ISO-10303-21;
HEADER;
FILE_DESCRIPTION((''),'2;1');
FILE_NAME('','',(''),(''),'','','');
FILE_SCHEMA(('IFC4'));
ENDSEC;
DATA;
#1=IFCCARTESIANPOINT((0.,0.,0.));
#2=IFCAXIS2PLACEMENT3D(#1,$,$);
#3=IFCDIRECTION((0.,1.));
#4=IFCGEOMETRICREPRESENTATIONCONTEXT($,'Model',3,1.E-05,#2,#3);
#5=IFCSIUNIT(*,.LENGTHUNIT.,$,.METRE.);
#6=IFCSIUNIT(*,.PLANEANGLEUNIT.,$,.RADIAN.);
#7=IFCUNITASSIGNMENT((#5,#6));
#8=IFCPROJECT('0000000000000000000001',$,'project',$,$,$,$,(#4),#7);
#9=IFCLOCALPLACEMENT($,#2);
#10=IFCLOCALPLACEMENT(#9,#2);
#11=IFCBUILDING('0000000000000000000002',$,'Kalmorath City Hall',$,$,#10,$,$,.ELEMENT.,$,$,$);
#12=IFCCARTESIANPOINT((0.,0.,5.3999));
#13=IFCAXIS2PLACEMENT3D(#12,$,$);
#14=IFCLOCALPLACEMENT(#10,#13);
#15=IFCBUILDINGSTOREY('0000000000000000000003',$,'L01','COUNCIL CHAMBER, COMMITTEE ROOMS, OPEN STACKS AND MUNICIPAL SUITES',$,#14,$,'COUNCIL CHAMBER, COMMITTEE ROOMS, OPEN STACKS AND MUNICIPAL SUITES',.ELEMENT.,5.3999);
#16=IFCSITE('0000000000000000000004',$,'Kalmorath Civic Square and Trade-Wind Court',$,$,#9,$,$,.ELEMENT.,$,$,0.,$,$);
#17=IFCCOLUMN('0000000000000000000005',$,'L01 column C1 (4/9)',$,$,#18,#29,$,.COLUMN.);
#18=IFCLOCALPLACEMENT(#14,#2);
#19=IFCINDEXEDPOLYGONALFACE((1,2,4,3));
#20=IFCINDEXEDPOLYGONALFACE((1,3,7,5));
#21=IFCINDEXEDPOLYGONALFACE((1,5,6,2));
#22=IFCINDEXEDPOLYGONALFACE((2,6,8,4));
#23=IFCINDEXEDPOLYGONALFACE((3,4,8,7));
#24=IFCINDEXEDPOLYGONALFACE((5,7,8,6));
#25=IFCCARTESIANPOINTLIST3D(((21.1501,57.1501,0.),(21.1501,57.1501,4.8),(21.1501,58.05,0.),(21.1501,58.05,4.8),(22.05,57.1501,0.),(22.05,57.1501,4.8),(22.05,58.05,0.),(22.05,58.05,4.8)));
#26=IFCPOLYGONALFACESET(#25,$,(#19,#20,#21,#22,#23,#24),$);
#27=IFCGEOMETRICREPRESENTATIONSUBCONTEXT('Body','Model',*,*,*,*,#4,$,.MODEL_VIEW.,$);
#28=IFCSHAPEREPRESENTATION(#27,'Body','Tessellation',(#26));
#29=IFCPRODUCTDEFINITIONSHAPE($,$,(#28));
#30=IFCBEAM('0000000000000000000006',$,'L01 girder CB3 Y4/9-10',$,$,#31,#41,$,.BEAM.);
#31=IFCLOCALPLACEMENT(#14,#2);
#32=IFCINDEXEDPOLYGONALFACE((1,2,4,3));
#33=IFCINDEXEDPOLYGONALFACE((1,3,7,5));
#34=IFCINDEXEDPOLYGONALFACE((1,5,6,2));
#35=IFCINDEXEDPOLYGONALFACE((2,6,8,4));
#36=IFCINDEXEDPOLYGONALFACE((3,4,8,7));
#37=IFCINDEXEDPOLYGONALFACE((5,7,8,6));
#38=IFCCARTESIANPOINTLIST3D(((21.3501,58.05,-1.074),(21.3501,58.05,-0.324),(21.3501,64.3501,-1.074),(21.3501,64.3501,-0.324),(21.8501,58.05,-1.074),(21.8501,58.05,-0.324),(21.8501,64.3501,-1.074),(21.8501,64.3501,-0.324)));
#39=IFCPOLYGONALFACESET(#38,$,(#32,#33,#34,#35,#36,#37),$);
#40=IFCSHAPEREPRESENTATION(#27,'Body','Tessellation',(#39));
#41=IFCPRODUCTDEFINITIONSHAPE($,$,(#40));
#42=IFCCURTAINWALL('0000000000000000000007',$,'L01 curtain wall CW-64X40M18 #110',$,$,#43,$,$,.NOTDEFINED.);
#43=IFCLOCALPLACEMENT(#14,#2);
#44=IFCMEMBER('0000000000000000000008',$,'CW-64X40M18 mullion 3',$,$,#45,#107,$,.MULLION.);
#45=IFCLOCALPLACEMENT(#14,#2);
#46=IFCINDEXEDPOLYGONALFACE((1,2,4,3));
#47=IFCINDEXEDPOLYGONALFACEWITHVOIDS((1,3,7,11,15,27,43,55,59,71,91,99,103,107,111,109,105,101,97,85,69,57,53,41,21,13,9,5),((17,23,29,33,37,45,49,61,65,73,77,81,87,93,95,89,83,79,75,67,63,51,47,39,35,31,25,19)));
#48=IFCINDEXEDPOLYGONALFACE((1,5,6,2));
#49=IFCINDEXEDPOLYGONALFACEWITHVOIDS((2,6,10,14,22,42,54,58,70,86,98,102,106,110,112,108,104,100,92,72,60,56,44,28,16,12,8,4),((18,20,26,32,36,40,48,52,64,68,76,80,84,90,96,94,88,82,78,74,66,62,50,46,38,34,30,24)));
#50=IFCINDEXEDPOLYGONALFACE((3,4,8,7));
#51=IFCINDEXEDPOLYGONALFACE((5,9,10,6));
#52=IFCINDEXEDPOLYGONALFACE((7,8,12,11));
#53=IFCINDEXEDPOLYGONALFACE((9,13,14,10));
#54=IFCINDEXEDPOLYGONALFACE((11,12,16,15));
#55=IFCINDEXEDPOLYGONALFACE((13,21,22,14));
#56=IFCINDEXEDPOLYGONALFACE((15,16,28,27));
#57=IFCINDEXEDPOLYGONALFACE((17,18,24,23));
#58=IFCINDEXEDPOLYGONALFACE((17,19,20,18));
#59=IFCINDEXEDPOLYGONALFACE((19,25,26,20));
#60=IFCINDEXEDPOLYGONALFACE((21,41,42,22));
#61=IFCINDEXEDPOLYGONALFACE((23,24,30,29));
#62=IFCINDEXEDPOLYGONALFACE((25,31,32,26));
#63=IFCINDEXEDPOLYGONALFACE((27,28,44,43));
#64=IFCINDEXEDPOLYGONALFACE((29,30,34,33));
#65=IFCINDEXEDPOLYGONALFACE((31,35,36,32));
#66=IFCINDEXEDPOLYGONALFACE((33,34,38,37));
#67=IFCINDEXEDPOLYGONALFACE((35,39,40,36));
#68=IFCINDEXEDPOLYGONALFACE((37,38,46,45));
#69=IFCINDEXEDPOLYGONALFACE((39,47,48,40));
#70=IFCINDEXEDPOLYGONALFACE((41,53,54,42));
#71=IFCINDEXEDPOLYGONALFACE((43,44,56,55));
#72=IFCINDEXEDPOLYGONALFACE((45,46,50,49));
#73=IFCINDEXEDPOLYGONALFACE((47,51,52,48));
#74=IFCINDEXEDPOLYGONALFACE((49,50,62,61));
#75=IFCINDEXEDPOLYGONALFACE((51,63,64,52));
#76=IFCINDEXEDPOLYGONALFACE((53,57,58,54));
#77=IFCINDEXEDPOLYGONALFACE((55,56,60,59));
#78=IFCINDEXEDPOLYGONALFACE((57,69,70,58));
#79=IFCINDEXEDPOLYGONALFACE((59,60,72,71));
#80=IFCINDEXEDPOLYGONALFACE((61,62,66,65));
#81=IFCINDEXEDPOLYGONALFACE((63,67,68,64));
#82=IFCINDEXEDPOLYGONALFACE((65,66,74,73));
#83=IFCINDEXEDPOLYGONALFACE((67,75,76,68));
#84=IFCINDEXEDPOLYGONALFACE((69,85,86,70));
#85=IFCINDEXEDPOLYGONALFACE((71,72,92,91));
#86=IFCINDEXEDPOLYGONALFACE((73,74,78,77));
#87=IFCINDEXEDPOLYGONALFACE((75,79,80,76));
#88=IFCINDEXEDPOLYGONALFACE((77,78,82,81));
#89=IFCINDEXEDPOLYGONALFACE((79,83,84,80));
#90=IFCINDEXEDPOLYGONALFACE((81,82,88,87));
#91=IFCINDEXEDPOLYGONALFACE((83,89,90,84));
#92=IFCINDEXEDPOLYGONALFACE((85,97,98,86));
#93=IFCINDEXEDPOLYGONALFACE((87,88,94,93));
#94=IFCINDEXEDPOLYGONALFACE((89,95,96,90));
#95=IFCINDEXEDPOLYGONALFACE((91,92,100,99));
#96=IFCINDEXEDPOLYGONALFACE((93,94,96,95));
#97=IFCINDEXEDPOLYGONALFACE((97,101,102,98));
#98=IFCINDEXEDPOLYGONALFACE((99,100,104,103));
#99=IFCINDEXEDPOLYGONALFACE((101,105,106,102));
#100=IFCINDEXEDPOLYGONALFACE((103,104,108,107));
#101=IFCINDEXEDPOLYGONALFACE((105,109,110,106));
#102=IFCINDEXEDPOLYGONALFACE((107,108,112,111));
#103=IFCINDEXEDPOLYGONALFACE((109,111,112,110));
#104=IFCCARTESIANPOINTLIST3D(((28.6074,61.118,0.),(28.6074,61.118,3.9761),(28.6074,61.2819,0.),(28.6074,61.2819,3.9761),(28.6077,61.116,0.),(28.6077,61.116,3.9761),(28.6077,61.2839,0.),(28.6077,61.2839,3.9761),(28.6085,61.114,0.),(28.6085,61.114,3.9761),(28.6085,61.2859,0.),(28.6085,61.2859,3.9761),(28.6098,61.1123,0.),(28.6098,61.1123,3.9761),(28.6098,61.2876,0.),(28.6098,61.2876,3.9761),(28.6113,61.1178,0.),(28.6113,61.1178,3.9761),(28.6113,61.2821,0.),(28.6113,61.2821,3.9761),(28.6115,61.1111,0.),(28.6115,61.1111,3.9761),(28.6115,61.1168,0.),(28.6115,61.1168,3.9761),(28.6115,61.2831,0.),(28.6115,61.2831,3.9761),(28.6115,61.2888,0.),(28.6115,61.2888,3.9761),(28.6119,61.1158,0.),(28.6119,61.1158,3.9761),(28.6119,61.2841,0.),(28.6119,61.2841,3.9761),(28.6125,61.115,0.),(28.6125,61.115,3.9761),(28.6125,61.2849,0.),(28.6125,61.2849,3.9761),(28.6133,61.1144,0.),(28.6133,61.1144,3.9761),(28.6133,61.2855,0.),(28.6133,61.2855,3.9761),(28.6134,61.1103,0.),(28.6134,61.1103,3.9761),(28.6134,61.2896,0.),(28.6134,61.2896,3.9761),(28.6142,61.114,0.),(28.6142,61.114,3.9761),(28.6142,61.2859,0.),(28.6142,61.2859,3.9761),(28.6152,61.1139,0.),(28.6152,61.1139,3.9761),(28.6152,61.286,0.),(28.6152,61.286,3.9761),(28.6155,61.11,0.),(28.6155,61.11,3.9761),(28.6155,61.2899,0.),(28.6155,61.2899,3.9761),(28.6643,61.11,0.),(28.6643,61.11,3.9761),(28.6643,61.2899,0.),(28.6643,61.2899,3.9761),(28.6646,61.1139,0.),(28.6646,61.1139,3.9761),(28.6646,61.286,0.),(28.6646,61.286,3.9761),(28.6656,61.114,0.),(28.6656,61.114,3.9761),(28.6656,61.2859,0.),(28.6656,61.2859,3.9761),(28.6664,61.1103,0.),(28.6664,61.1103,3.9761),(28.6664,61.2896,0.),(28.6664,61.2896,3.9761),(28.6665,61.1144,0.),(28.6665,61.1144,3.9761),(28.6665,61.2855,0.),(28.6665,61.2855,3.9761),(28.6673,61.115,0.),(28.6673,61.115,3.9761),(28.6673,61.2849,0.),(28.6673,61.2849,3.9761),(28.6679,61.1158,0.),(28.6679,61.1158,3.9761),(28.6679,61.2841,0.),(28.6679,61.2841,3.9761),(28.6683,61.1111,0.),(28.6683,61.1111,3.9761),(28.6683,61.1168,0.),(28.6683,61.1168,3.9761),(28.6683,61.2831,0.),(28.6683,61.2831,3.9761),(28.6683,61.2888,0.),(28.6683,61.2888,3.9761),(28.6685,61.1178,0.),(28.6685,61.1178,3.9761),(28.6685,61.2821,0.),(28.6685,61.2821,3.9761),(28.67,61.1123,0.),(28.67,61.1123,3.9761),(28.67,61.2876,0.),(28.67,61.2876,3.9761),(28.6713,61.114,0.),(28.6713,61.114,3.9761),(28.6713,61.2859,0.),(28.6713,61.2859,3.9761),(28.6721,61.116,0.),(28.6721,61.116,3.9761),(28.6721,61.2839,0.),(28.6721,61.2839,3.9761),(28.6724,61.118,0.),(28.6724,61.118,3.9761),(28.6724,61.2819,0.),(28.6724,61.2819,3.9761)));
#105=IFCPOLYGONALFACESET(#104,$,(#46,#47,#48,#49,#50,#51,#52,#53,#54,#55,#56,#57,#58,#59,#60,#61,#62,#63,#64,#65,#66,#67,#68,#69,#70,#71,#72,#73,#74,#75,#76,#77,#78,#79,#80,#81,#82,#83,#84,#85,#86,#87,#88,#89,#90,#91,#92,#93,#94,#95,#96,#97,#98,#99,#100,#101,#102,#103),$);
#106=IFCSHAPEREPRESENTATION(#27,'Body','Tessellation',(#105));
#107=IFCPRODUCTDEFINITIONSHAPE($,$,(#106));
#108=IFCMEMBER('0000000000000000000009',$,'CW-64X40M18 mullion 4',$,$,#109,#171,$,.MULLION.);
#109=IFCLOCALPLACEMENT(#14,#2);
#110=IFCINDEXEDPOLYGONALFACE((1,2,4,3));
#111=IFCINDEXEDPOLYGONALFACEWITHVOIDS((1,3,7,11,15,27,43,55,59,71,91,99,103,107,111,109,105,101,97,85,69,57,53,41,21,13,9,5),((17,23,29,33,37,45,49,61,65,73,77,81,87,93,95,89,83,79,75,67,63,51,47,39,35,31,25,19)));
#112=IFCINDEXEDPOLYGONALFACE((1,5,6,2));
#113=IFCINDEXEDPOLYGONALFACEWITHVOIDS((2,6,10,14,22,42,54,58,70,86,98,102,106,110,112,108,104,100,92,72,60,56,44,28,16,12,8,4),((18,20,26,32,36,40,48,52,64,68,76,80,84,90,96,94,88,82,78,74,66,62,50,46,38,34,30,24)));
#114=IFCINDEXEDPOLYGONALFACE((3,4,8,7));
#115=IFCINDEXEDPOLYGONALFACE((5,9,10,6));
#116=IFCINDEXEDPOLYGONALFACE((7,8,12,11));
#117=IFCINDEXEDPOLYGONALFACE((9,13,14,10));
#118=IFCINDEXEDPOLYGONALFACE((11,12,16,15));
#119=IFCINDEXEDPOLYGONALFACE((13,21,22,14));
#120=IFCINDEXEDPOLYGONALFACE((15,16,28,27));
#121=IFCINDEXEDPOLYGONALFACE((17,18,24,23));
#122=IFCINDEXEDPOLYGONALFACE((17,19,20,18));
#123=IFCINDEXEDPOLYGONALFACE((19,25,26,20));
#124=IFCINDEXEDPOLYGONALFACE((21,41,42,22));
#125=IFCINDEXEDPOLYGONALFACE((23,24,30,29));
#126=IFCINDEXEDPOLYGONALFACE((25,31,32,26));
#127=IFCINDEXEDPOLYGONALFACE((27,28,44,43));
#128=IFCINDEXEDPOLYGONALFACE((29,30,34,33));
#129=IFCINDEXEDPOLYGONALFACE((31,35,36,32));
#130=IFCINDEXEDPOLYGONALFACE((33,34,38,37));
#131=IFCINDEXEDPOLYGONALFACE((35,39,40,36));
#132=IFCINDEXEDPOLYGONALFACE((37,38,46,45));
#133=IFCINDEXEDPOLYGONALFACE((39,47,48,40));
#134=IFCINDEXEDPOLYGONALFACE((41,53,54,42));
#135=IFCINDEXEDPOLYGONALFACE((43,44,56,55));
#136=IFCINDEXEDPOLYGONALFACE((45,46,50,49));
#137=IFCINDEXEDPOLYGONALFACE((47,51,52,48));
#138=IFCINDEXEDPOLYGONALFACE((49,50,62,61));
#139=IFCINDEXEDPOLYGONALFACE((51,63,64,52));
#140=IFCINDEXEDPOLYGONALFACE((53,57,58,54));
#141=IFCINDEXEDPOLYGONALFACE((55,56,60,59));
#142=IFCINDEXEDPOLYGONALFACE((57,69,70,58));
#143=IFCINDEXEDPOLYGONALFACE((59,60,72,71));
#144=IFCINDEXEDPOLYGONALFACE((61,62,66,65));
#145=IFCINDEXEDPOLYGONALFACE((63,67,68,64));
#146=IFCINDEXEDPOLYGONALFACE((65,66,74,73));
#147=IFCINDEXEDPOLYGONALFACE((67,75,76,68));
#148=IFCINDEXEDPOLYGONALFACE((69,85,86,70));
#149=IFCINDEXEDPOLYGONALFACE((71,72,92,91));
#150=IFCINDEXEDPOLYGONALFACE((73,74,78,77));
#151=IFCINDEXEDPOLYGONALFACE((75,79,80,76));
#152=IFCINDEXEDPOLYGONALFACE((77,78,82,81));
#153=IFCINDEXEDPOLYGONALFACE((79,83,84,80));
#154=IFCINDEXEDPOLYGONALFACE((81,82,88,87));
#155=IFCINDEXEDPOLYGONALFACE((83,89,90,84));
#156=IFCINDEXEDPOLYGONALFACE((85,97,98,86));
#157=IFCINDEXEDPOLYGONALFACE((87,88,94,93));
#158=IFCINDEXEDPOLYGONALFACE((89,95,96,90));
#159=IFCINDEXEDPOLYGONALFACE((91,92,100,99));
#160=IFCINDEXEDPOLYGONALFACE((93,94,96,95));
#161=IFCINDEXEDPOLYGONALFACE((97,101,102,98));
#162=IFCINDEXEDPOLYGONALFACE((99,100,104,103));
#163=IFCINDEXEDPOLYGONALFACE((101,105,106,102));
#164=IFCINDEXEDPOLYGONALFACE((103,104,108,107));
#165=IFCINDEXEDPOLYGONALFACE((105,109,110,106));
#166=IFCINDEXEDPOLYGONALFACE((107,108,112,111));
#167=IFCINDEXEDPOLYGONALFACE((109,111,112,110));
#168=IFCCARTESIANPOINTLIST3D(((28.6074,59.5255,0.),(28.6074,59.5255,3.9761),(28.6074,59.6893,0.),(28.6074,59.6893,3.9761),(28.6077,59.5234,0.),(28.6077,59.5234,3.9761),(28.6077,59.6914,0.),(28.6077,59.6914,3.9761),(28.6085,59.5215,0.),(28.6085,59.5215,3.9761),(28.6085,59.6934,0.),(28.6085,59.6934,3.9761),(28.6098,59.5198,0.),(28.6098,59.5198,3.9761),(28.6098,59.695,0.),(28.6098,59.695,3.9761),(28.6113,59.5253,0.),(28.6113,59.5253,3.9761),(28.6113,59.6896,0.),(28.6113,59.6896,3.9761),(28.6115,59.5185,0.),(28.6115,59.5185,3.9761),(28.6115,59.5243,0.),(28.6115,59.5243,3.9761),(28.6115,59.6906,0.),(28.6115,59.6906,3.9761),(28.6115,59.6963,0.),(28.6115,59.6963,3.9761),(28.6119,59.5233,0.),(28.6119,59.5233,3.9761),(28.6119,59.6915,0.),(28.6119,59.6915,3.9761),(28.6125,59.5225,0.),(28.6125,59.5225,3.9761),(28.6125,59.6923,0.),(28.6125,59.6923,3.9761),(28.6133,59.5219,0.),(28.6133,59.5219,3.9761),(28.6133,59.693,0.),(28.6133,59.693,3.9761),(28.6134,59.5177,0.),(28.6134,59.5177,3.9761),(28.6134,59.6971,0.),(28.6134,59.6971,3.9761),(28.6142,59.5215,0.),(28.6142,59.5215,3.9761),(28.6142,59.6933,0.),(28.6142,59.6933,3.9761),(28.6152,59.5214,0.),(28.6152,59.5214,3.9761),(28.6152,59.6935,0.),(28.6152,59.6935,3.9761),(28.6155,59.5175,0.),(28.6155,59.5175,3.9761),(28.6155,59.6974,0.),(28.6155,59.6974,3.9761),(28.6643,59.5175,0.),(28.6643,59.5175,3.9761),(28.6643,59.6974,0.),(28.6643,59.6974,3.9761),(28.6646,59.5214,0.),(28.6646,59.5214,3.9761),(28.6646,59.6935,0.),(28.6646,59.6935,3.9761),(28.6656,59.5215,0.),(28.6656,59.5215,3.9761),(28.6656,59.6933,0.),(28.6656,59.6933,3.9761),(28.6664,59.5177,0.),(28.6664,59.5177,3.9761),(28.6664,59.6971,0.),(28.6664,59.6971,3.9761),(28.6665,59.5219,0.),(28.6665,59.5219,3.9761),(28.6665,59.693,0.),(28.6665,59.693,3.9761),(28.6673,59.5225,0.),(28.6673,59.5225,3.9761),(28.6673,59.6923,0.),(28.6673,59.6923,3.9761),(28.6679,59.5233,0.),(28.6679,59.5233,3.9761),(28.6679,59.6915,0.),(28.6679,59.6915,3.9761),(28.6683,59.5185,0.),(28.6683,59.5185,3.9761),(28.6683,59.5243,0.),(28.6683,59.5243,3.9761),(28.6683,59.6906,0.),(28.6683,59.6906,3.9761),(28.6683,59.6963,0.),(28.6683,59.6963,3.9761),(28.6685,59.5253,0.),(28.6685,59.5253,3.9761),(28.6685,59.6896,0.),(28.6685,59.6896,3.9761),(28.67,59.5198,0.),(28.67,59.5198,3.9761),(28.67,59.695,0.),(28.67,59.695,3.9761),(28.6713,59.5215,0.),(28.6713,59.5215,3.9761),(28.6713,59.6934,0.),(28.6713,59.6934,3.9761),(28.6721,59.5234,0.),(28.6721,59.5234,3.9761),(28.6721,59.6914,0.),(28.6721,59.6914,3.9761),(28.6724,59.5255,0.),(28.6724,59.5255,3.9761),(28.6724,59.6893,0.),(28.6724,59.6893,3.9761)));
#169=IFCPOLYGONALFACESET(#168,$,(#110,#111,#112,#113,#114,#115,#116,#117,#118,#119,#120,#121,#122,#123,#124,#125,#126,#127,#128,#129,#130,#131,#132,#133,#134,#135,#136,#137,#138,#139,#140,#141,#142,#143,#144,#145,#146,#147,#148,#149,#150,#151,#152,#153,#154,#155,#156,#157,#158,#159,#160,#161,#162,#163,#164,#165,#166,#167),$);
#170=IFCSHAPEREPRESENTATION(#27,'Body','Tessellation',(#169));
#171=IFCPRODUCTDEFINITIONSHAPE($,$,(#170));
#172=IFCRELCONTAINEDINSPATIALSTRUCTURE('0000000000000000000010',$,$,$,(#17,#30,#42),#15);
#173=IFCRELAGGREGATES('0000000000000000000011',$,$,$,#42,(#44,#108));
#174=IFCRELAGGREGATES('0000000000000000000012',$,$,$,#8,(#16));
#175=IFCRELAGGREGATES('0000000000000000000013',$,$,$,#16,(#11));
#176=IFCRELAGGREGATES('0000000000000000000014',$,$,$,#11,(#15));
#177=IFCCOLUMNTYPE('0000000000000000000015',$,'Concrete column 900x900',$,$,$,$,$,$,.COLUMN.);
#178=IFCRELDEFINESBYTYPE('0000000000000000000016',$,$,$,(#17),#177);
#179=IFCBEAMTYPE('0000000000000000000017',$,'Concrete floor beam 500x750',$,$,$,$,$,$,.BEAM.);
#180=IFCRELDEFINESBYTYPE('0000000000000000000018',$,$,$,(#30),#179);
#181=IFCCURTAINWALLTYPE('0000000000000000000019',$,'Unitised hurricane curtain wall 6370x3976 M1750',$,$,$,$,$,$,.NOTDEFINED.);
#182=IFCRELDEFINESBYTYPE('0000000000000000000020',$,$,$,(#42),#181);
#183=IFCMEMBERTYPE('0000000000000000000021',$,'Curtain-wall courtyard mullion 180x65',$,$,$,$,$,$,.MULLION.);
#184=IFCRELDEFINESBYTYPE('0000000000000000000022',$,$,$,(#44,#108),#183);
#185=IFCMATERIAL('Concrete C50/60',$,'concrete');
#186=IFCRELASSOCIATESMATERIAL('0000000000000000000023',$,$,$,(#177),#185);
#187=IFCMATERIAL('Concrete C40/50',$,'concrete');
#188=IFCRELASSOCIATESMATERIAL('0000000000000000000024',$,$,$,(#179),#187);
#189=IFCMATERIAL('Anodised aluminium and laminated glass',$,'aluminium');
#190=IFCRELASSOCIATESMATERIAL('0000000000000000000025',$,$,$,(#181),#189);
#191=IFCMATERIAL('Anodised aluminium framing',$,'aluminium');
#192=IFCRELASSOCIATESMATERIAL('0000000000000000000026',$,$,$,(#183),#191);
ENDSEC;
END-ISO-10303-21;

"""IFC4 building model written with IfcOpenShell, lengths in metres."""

from ifc_helpers import new_model, si_unit, direction, frame, origin, origin_2d, place, context, subcontext, project, spatial, rectangle, hollow_rectangle, extrude, material, material_profile, profile_set, type_object, element, aggregate, save


model = new_model("IFC4")

# Units and contexts
model_context = context("Model", 3, precision=1e-05, world=origin(), true_north=direction((0.0, 1.0)))
body_context = subcontext(model_context, "Body", "Model", "MODEL_VIEW")
ifc_project = project(units=[si_unit("LENGTHUNIT", "METRE"), si_unit("PLANEANGLEUNIT", "RADIAN")], contexts=[model_context])

# Site, building, storey
site_placement = place(None, origin())
site = spatial("IfcSite", under=ifc_project, at=site_placement, Name="Kalmorath Civic Square and Trade-Wind Court", CompositionType="ELEMENT", RefElevation=0.0)
building_placement = place(site_placement, origin())
building = spatial("IfcBuilding", under=site, at=building_placement, Name="Kalmorath City Hall", CompositionType="ELEMENT")
storey_placement = place(building_placement, frame((0.0, 0.0, 5.3999)))
storey = spatial("IfcBuildingStorey", under=building, at=storey_placement, Name="L01", Description="COUNCIL CHAMBER, COMMITTEE ROOMS, OPEN STACKS AND MUNICIPAL SUITES", LongName="COUNCIL CHAMBER, COMMITTEE ROOMS, OPEN STACKS AND MUNICIPAL SUITES", CompositionType="ELEMENT", Elevation=5.3999)

# Column
ifc_material_1 = material(Name="Concrete C50/60", Category="concrete")
ifc_material_profile_1 = material_profile(ifc_material_1, rectangle(XDim=0.8999, YDim=0.8999, at=origin_2d()), Name="RC-COL-900X900")
ifc_profile_set_1 = profile_set([ifc_material_profile_1], Name="Concrete C50/60")
column_type = type_object("IfcColumnType", Name="Concrete column 900x900", PredefinedType="COLUMN", material=ifc_profile_set_1)
column_placement = place(storey_placement, frame((21.6001, 57.6001, 0.0), z_axis=(0.0, 0.0, 1.0), x_axis=(1.0, 0.0, 0.0)))
element("IfcColumn", 1, at=column_placement, inside=storey, type_object=column_type, Name="L01 column C1 (4/9)", PredefinedType="COLUMN", context=body_context, shape_type="SweptSolid", body=[
    extrude(rectangle(XDim=0.8999, YDim=0.8999, at=origin_2d()), origin(), (0.0, 0.0, 1.0), 4.8),
])

# Beam
ifc_material_2 = material(Name="Concrete C40/50", Category="concrete")
ifc_material_profile_2 = material_profile(ifc_material_2, rectangle(XDim=0.5, YDim=0.75, at=origin_2d()), Name="RC-BM-500X750")
ifc_profile_set_2 = profile_set([ifc_material_profile_2], Name="Concrete C40/50")
beam_type_1 = type_object("IfcBeamType", Name="Concrete floor beam 500x750", PredefinedType="BEAM", material=ifc_profile_set_2)
beam_1_placement = place(storey_placement, frame((21.6001, 58.05, -0.699), z_axis=(0.0, 1.0, 0.0), x_axis=(-1.0, 0.0, 0.0)))
element("IfcBeam", 2, at=beam_1_placement, inside=storey, type_object=beam_type_1, Name="L01 girder CB3 Y4/9-10", PredefinedType="BEAM", context=body_context, shape_type="SweptSolid", body=[
    extrude(rectangle(XDim=0.5, YDim=0.75, at=origin_2d()), origin(), (0.0, 0.0, 1.0), 6.3),
])

# Curtain wall, members
ifc_material_3 = material(Name="Anodised aluminium and laminated glass", Category="aluminium")
curtain_wall_type = type_object("IfcCurtainWallType", Name="Unitised hurricane curtain wall 6370x3976 M1750", PredefinedType="NOTDEFINED", material=ifc_material_3)
curtain_wall_placement = place(storey_placement, origin())
curtain_wall = element("IfcCurtainWall", 3, at=curtain_wall_placement, inside=storey, type_object=curtain_wall_type, Name="L01 curtain wall CW-64X40M18 #110", PredefinedType="NOTDEFINED")
ifc_material_4 = material(Name="Anodised aluminium framing", Category="aluminium")
ifc_material_profile_3 = material_profile(ifc_material_4, hollow_rectangle(XDim=0.0649, YDim=0.1799, WallThickness=0.0039, InnerFilletRadius=0.0039, OuterFilletRadius=0.0081, at=origin_2d()), Name="ALU-MUL-180X65X4")
ifc_profile_set_3 = profile_set([ifc_material_profile_3], Name="Anodised aluminium framing")
member_type_1 = type_object("IfcMemberType", Name="Curtain-wall courtyard mullion 180x65", PredefinedType="MULLION", material=ifc_profile_set_3)
member_1_placement = place(storey_placement, frame((28.6399, 61.2, 0.0), z_axis=(0.0, 0.0, 1.0), x_axis=(1.0, 0.0, 0.0)))
member_1 = element("IfcMember", 4, at=member_1_placement, type_object=member_type_1, Name="CW-64X40M18 mullion 3", PredefinedType="MULLION", context=body_context, shape_type="SweptSolid", body=[
    extrude(hollow_rectangle(XDim=0.0649, YDim=0.1799, WallThickness=0.0039, InnerFilletRadius=0.0039, OuterFilletRadius=0.0081, at=origin_2d()), origin(), (0.0, 0.0, 1.0), 3.9761),
])
member_2_placement = place(storey_placement, frame((28.6399, 59.6074, 0.0), z_axis=(0.0, 0.0, 1.0), x_axis=(1.0, 0.0, 0.0)))
member_2 = element("IfcMember", 5, at=member_2_placement, type_object=member_type_1, Name="CW-64X40M18 mullion 4", PredefinedType="MULLION", context=body_context, shape_type="SweptSolid", body=[
    extrude(hollow_rectangle(XDim=0.0649, YDim=0.1799, WallThickness=0.0039, InnerFilletRadius=0.0039, OuterFilletRadius=0.0081, at=origin_2d()), origin(), (0.0, 0.0, 1.0), 3.9761),
])

aggregate(curtain_wall, [member_1, member_2])

save(model, "model.ifc")
